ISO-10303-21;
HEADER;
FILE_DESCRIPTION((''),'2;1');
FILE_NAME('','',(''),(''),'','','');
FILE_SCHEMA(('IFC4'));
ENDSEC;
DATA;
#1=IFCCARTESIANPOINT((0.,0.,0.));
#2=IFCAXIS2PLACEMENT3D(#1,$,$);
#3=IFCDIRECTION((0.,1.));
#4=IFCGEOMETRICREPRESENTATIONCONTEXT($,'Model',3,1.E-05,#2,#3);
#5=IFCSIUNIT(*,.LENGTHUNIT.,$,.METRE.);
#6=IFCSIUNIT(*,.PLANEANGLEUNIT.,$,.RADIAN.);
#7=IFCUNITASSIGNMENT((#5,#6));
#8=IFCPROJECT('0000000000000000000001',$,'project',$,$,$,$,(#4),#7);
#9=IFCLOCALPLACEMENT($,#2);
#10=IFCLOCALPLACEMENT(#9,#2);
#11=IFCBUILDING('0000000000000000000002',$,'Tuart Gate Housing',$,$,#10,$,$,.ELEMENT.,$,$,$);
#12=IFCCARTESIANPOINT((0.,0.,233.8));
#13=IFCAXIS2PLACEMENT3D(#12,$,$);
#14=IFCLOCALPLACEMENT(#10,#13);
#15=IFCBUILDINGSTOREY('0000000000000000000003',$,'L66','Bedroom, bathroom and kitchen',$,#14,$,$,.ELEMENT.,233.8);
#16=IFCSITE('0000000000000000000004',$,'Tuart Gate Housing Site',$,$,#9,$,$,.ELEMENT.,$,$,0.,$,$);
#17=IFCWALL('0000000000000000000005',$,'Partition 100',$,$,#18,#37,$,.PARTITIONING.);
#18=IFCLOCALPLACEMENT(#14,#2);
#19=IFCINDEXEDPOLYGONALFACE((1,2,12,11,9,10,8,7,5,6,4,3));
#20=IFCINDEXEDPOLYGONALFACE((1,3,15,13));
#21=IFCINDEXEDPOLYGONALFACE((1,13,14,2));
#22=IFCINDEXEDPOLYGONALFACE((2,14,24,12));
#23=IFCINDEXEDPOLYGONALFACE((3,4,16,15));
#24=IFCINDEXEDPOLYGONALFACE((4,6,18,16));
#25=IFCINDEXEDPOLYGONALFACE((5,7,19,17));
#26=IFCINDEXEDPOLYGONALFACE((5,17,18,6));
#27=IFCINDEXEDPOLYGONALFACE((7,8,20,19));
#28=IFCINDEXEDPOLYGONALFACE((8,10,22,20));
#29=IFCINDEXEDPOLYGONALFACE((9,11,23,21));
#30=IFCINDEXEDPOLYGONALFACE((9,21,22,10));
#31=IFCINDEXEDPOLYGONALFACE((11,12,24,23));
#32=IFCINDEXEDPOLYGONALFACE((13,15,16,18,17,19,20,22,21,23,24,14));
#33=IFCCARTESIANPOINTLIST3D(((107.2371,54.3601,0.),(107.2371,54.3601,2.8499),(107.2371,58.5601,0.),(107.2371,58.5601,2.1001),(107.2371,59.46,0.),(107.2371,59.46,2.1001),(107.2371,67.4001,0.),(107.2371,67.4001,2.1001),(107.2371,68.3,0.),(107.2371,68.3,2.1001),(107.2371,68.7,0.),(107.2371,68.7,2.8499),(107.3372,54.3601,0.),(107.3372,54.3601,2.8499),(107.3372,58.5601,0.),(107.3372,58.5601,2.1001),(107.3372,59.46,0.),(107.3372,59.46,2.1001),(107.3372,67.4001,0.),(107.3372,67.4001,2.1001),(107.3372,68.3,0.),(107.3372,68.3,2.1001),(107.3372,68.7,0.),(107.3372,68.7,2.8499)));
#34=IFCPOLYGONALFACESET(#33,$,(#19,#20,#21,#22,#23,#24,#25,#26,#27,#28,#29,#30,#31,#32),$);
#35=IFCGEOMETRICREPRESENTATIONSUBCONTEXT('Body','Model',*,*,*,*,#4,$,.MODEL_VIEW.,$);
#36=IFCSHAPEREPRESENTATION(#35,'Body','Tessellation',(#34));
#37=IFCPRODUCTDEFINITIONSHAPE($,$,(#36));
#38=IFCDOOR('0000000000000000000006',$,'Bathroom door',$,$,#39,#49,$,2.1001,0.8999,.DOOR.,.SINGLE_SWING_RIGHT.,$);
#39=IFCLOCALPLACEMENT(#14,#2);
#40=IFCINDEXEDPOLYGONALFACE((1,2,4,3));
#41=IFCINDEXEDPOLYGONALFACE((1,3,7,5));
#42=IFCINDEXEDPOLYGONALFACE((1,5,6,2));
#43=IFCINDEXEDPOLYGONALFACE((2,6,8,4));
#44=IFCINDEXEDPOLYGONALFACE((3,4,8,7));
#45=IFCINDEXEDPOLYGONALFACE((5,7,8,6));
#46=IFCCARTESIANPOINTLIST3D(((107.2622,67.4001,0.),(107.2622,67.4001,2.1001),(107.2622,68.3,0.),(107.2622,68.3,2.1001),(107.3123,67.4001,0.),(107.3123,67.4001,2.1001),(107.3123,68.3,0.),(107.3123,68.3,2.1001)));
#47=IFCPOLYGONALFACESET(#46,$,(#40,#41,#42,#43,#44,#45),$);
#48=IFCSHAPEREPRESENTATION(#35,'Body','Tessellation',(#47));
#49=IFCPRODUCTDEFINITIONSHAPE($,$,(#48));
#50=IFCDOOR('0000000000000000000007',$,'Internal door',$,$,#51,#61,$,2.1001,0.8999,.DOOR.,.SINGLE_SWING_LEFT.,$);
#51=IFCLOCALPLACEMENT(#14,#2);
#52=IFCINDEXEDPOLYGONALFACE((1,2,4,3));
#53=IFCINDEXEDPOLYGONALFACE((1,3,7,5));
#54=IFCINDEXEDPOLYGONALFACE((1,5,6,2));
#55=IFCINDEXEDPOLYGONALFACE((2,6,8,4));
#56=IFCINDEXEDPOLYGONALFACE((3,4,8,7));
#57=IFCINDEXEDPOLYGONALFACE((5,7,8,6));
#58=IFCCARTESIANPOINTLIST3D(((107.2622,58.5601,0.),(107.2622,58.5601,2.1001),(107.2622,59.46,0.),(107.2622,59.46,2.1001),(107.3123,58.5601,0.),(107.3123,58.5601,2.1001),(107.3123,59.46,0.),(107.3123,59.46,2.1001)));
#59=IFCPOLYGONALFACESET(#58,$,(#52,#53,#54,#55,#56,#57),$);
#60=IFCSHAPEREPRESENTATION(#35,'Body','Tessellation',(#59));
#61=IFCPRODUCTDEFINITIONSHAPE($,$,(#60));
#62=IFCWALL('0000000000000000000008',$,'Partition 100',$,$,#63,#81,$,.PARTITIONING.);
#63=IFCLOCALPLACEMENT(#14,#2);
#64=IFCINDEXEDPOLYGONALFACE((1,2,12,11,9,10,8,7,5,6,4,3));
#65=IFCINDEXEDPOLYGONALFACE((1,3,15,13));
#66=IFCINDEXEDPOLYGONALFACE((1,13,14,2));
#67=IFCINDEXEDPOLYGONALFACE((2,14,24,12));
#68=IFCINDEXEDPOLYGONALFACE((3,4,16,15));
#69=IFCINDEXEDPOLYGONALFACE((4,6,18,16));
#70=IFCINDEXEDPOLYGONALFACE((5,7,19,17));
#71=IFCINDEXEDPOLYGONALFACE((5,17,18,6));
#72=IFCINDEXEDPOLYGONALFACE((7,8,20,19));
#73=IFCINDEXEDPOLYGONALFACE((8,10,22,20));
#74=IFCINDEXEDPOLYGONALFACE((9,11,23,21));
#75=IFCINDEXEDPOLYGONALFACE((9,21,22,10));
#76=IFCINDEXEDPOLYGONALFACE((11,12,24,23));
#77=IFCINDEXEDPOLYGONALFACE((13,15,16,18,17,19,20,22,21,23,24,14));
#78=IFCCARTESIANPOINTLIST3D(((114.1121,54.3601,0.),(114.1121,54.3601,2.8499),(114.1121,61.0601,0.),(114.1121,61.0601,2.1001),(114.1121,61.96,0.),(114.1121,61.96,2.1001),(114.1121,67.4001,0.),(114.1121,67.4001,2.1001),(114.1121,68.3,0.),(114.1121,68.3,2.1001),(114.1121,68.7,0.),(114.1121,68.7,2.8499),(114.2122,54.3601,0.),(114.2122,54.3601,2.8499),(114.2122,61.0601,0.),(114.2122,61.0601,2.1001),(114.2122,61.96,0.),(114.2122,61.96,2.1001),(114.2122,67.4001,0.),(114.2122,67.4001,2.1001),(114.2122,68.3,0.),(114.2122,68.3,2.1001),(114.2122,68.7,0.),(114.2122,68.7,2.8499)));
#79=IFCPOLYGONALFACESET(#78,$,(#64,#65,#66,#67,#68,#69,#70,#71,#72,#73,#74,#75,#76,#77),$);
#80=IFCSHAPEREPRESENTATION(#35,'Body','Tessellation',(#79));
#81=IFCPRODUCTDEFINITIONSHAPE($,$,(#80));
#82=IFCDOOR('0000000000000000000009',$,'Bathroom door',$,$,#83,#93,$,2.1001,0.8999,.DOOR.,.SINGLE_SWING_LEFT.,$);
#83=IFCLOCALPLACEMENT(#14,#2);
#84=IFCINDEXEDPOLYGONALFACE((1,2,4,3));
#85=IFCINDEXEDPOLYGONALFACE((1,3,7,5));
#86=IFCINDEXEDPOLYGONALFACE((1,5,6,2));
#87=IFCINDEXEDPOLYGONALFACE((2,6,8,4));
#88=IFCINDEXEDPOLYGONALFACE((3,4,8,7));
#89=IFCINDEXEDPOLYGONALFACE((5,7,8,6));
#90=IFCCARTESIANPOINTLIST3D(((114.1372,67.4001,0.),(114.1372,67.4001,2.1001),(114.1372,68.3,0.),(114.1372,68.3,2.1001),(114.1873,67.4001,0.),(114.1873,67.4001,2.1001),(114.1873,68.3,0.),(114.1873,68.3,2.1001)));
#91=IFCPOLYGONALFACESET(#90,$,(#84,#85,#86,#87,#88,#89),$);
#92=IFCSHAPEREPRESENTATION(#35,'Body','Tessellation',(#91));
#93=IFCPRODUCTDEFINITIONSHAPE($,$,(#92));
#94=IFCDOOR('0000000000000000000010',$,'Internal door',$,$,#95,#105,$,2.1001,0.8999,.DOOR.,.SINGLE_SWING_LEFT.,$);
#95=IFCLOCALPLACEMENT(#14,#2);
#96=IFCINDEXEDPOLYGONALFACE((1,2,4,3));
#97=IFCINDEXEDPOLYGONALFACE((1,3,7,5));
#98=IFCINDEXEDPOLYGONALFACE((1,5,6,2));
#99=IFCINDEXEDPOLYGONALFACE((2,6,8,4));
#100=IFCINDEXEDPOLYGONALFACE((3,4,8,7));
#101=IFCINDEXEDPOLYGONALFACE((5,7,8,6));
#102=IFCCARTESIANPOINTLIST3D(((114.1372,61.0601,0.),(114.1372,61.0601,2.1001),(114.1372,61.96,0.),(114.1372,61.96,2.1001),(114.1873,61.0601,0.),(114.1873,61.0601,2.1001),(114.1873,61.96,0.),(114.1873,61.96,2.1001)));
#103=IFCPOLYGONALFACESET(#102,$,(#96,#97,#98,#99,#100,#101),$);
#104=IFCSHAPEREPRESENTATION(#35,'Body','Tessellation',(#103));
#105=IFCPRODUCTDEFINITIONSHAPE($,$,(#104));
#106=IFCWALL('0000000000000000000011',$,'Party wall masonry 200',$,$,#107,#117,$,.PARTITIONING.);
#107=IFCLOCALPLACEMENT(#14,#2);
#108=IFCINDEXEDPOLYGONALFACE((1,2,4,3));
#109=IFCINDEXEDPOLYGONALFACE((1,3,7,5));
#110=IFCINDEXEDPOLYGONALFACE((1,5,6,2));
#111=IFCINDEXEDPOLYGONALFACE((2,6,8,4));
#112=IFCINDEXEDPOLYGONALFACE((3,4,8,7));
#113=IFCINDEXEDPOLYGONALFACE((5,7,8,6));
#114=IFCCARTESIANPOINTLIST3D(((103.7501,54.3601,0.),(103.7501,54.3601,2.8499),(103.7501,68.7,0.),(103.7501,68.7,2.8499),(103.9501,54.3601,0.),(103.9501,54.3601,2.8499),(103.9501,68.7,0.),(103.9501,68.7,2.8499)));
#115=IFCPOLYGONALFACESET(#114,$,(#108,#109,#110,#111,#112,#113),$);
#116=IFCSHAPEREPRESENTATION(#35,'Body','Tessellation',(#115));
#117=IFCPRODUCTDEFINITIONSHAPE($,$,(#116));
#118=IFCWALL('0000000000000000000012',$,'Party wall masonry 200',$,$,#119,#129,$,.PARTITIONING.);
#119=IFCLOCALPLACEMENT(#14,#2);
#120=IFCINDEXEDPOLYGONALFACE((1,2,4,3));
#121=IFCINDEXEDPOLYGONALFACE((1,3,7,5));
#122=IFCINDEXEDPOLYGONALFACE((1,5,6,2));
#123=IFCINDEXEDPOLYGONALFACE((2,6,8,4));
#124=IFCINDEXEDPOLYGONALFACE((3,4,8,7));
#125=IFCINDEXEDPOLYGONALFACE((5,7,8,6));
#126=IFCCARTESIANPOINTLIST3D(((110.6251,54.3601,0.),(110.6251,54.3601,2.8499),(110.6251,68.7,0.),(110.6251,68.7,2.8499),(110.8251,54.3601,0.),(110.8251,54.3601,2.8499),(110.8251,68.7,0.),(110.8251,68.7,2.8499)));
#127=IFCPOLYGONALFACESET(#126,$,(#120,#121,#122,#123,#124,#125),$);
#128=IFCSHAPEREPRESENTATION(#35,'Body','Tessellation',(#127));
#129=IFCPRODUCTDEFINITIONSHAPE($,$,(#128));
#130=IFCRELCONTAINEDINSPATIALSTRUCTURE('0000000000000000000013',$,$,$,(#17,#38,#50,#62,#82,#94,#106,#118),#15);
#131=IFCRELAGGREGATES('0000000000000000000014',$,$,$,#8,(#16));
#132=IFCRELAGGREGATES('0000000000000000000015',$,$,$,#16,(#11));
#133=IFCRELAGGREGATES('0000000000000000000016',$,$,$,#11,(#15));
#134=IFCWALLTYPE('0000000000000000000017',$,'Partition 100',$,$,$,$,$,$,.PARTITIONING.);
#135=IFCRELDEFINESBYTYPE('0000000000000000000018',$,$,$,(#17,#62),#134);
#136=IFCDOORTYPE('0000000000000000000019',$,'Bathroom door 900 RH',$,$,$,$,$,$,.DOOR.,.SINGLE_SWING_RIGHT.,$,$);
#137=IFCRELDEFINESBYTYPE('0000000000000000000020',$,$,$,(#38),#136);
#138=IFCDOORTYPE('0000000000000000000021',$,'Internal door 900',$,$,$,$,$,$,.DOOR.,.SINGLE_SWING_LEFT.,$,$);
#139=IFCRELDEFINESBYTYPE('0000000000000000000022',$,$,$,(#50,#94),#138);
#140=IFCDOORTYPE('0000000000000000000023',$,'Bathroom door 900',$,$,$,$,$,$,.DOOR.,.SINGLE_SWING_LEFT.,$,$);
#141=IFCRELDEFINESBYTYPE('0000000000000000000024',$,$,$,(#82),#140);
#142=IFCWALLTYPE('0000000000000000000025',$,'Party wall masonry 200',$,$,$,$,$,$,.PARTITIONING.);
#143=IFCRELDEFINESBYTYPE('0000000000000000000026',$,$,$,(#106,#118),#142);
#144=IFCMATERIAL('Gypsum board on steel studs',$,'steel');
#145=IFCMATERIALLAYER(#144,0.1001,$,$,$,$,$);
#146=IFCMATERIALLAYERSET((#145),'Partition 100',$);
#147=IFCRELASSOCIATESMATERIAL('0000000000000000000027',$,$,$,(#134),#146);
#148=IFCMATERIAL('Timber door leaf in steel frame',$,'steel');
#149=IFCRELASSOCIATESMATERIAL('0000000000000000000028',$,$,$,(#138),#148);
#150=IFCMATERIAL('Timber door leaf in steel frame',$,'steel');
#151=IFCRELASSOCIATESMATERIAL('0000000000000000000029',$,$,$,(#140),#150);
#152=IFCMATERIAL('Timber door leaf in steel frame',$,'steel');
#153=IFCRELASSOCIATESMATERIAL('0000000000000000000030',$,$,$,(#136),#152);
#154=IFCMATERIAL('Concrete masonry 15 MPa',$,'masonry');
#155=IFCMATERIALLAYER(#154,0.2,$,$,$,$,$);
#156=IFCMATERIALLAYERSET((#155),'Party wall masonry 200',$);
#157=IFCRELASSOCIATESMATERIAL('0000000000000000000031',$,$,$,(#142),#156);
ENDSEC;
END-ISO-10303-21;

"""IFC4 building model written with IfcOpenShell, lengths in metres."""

from ifc_helpers import new_model, si_unit, direction, frame, frame_2d, origin, place, context, subcontext, project, spatial, rectangle, extrude, material, layer, layer_set, type_object, element, fill, save


model = new_model("IFC4")

# Units and contexts
model_context = context("Model", 3, precision=1e-05, world=origin(), true_north=direction((0.0, 1.0)))
body_context = subcontext(model_context, "Body", "Model", "MODEL_VIEW")
ifc_project = project(units=[si_unit("LENGTHUNIT", "METRE"), si_unit("PLANEANGLEUNIT", "RADIAN")], contexts=[model_context])

# Site, building, storey
site_placement = place(None, origin())
site = spatial("IfcSite", under=ifc_project, at=site_placement, Name="Tuart Gate Housing Site", CompositionType="ELEMENT", RefElevation=0.0)
building_placement = place(site_placement, origin())
building = spatial("IfcBuilding", under=site, at=building_placement, Name="Tuart Gate Housing", CompositionType="ELEMENT")
storey_placement = place(building_placement, frame((0.0, 0.0, 233.8)))
storey = spatial("IfcBuildingStorey", under=building, at=storey_placement, Name="L66", Description="Bedroom, bathroom and kitchen", CompositionType="ELEMENT", Elevation=233.8)

# Shared definitions
ifc_material_1 = material(Name="Gypsum board on steel studs", Category="steel")
ifc_layer_1 = layer(ifc_material_1, 0.1001)
ifc_layer_set_1 = layer_set([ifc_layer_1], Name="Partition 100")
wall_type_1 = type_object("IfcWallType", Name="Partition 100", PredefinedType="PARTITIONING", material=ifc_layer_set_1)
ifc_material_2 = material(Name="Timber door leaf in steel frame", Category="steel")
door_type_1 = type_object("IfcDoorType", Name="Internal door 900", OperationType="SINGLE_SWING_LEFT", PredefinedType="DOOR", material=ifc_material_2)

# Walls, openings, doors
ifc_material_3 = material(Name="Timber door leaf in steel frame", Category="steel")
door_type_2 = type_object("IfcDoorType", Name="Bathroom door 900", OperationType="SINGLE_SWING_LEFT", PredefinedType="DOOR", material=ifc_material_3)
wall_1_placement = place(storey_placement, frame((107.2871, 54.3601, 0.0), z_axis=(0.0, 0.0, 1.0), x_axis=(0.0, 1.0, 0.0)))
wall_1 = element("IfcWall", 1, at=wall_1_placement, inside=storey, type_object=wall_type_1, Name="Partition 100", PredefinedType="PARTITIONING", context=body_context, shape_type="SweptSolid", body=[
    extrude(rectangle(XDim=14.3398, YDim=0.1001, at=frame_2d((7.1699, 0.0))), origin(), (0.0, 0.0, 1.0), 2.8499),
])
opening_1_placement = place(wall_1_placement, frame((4.2, 0.0, 0.0)))
opening_1 = element("IfcOpeningElement", 2, at=opening_1_placement, cuts=wall_1, PredefinedType="OPENING", context=body_context, shape_type="SweptSolid", body=[
    extrude(rectangle(XDim=0.8999, YDim=2.1001, at=frame_2d((0.45, 1.05))), frame((0.0, 0.0601, 0.0), z_axis=(0.0, -1.0, 0.0), x_axis=(1.0, 0.0, 0.0)), (0.0, 0.0, 1.0), 0.1201),
])
opening_2_placement = place(wall_1_placement, frame((13.04, 0.0, 0.0)))
opening_2 = element("IfcOpeningElement", 3, at=opening_2_placement, cuts=wall_1, PredefinedType="OPENING", context=body_context, shape_type="SweptSolid", body=[
    extrude(rectangle(XDim=0.8999, YDim=2.1001, at=frame_2d((0.45, 1.05))), frame((0.0, 0.0601, 0.0), z_axis=(0.0, -1.0, 0.0), x_axis=(1.0, 0.0, 0.0)), (0.0, 0.0, 1.0), 0.1201),
])
ifc_material_4 = material(Name="Timber door leaf in steel frame", Category="steel")
door_type_3 = type_object("IfcDoorType", Name="Bathroom door 900 RH", OperationType="SINGLE_SWING_RIGHT", PredefinedType="DOOR", material=ifc_material_4)
door_1_placement = place(opening_2_placement, origin())
door_1 = element("IfcDoor", 4, at=door_1_placement, inside=storey, type_object=door_type_3, Name="Bathroom door", OperationType="SINGLE_SWING_RIGHT", OverallHeight=2.1001, OverallWidth=0.8999, PredefinedType="DOOR", context=body_context, shape_type="SweptSolid", body=[
    extrude(rectangle(XDim=0.8999, YDim=2.1001, at=frame_2d((0.45, 1.05))), frame((0.0, 0.0249, 0.0), z_axis=(0.0, -1.0, 0.0), x_axis=(1.0, 0.0, 0.0)), (0.0, 0.0, 1.0), 0.05),
])
fill(opening_2, door_1)
door_2_placement = place(opening_1_placement, origin())
door_2 = element("IfcDoor", 5, at=door_2_placement, inside=storey, type_object=door_type_1, Name="Internal door", OperationType="SINGLE_SWING_LEFT", OverallHeight=2.1001, OverallWidth=0.8999, PredefinedType="DOOR", context=body_context, shape_type="SweptSolid", body=[
    extrude(rectangle(XDim=0.8999, YDim=2.1001, at=frame_2d((0.45, 1.05))), frame((0.0, 0.0249, 0.0), z_axis=(0.0, -1.0, 0.0), x_axis=(1.0, 0.0, 0.0)), (0.0, 0.0, 1.0), 0.05),
])
fill(opening_1, door_2)
wall_2_placement = place(storey_placement, frame((114.1621, 54.3601, 0.0), z_axis=(0.0, 0.0, 1.0), x_axis=(0.0, 1.0, 0.0)))
wall_2 = element("IfcWall", 6, at=wall_2_placement, inside=storey, type_object=wall_type_1, Name="Partition 100", PredefinedType="PARTITIONING", context=body_context, shape_type="SweptSolid", body=[
    extrude(rectangle(XDim=14.3398, YDim=0.1001, at=frame_2d((7.1699, 0.0))), origin(), (0.0, 0.0, 1.0), 2.8499),
])
opening_3_placement = place(wall_2_placement, frame((6.7, 0.0, 0.0)))
opening_3 = element("IfcOpeningElement", 7, at=opening_3_placement, cuts=wall_2, PredefinedType="OPENING", context=body_context, shape_type="SweptSolid", body=[
    extrude(rectangle(XDim=0.8999, YDim=2.1001, at=frame_2d((0.45, 1.05))), frame((0.0, 0.0601, 0.0), z_axis=(0.0, -1.0, 0.0), x_axis=(1.0, 0.0, 0.0)), (0.0, 0.0, 1.0), 0.1201),
])
opening_4_placement = place(wall_2_placement, frame((13.04, 0.0, 0.0)))
opening_4 = element("IfcOpeningElement", 8, at=opening_4_placement, cuts=wall_2, PredefinedType="OPENING", context=body_context, shape_type="SweptSolid", body=[
    extrude(rectangle(XDim=0.8999, YDim=2.1001, at=frame_2d((0.45, 1.05))), frame((0.0, 0.0601, 0.0), z_axis=(0.0, -1.0, 0.0), x_axis=(1.0, 0.0, 0.0)), (0.0, 0.0, 1.0), 0.1201),
])
door_3_placement = place(opening_4_placement, frame((0.8999, 0.0, 0.0), z_axis=(0.0, 0.0, 1.0), x_axis=(-1.0, 0.0, 0.0)))
door_3 = element("IfcDoor", 9, at=door_3_placement, inside=storey, type_object=door_type_2, Name="Bathroom door", OperationType="SINGLE_SWING_LEFT", OverallHeight=2.1001, OverallWidth=0.8999, PredefinedType="DOOR", context=body_context, shape_type="SweptSolid", body=[
    extrude(rectangle(XDim=0.8999, YDim=2.1001, at=frame_2d((0.45, 1.05))), frame((0.0, 0.0251, 0.0), z_axis=(0.0, -1.0, 0.0), x_axis=(1.0, 0.0, 0.0)), (0.0, 0.0, 1.0), 0.05),
])
fill(opening_4, door_3)
door_4_placement = place(opening_3_placement, frame((0.8999, 0.0, 0.0), z_axis=(0.0, 0.0, 1.0), x_axis=(-1.0, 0.0, 0.0)))
door_4 = element("IfcDoor", 10, at=door_4_placement, inside=storey, type_object=door_type_1, Name="Internal door", OperationType="SINGLE_SWING_LEFT", OverallHeight=2.1001, OverallWidth=0.8999, PredefinedType="DOOR", context=body_context, shape_type="SweptSolid", body=[
    extrude(rectangle(XDim=0.8999, YDim=2.1001, at=frame_2d((0.45, 1.05))), frame((0.0, 0.0251, 0.0), z_axis=(0.0, -1.0, 0.0), x_axis=(1.0, 0.0, 0.0)), (0.0, 0.0, 1.0), 0.05),
])
fill(opening_3, door_4)

# Walls
ifc_material_5 = material(Name="Concrete masonry 15 MPa", Category="masonry")
ifc_layer_2 = layer(ifc_material_5, 0.2)
ifc_layer_set_2 = layer_set([ifc_layer_2], Name="Party wall masonry 200")
wall_type_2 = type_object("IfcWallType", Name="Party wall masonry 200", PredefinedType="PARTITIONING", material=ifc_layer_set_2)
for number, where, z_axis, x_axis, name in (
    (11, (103.8501, 54.3601, 0.0), (0.0, 0.0, 1.0), (0.0, 1.0, 0.0), "Party wall masonry 200"),
    (12, (110.7251, 54.3601, 0.0), (0.0, 0.0, 1.0), (0.0, 1.0, 0.0), "Party wall masonry 200"),
):
    element("IfcWall", number, at=place(storey_placement, frame(where, z_axis=z_axis, x_axis=x_axis)), inside=storey, type_object=wall_type_2, Name=name, PredefinedType="PARTITIONING", context=body_context, shape_type="SweptSolid", body=[
        extrude(rectangle(XDim=14.3398, YDim=0.2, at=frame_2d((7.1699, 0.0))), origin(), (0.0, 0.0, 1.0), 2.8499),
    ])

save(model, "model.ifc")
